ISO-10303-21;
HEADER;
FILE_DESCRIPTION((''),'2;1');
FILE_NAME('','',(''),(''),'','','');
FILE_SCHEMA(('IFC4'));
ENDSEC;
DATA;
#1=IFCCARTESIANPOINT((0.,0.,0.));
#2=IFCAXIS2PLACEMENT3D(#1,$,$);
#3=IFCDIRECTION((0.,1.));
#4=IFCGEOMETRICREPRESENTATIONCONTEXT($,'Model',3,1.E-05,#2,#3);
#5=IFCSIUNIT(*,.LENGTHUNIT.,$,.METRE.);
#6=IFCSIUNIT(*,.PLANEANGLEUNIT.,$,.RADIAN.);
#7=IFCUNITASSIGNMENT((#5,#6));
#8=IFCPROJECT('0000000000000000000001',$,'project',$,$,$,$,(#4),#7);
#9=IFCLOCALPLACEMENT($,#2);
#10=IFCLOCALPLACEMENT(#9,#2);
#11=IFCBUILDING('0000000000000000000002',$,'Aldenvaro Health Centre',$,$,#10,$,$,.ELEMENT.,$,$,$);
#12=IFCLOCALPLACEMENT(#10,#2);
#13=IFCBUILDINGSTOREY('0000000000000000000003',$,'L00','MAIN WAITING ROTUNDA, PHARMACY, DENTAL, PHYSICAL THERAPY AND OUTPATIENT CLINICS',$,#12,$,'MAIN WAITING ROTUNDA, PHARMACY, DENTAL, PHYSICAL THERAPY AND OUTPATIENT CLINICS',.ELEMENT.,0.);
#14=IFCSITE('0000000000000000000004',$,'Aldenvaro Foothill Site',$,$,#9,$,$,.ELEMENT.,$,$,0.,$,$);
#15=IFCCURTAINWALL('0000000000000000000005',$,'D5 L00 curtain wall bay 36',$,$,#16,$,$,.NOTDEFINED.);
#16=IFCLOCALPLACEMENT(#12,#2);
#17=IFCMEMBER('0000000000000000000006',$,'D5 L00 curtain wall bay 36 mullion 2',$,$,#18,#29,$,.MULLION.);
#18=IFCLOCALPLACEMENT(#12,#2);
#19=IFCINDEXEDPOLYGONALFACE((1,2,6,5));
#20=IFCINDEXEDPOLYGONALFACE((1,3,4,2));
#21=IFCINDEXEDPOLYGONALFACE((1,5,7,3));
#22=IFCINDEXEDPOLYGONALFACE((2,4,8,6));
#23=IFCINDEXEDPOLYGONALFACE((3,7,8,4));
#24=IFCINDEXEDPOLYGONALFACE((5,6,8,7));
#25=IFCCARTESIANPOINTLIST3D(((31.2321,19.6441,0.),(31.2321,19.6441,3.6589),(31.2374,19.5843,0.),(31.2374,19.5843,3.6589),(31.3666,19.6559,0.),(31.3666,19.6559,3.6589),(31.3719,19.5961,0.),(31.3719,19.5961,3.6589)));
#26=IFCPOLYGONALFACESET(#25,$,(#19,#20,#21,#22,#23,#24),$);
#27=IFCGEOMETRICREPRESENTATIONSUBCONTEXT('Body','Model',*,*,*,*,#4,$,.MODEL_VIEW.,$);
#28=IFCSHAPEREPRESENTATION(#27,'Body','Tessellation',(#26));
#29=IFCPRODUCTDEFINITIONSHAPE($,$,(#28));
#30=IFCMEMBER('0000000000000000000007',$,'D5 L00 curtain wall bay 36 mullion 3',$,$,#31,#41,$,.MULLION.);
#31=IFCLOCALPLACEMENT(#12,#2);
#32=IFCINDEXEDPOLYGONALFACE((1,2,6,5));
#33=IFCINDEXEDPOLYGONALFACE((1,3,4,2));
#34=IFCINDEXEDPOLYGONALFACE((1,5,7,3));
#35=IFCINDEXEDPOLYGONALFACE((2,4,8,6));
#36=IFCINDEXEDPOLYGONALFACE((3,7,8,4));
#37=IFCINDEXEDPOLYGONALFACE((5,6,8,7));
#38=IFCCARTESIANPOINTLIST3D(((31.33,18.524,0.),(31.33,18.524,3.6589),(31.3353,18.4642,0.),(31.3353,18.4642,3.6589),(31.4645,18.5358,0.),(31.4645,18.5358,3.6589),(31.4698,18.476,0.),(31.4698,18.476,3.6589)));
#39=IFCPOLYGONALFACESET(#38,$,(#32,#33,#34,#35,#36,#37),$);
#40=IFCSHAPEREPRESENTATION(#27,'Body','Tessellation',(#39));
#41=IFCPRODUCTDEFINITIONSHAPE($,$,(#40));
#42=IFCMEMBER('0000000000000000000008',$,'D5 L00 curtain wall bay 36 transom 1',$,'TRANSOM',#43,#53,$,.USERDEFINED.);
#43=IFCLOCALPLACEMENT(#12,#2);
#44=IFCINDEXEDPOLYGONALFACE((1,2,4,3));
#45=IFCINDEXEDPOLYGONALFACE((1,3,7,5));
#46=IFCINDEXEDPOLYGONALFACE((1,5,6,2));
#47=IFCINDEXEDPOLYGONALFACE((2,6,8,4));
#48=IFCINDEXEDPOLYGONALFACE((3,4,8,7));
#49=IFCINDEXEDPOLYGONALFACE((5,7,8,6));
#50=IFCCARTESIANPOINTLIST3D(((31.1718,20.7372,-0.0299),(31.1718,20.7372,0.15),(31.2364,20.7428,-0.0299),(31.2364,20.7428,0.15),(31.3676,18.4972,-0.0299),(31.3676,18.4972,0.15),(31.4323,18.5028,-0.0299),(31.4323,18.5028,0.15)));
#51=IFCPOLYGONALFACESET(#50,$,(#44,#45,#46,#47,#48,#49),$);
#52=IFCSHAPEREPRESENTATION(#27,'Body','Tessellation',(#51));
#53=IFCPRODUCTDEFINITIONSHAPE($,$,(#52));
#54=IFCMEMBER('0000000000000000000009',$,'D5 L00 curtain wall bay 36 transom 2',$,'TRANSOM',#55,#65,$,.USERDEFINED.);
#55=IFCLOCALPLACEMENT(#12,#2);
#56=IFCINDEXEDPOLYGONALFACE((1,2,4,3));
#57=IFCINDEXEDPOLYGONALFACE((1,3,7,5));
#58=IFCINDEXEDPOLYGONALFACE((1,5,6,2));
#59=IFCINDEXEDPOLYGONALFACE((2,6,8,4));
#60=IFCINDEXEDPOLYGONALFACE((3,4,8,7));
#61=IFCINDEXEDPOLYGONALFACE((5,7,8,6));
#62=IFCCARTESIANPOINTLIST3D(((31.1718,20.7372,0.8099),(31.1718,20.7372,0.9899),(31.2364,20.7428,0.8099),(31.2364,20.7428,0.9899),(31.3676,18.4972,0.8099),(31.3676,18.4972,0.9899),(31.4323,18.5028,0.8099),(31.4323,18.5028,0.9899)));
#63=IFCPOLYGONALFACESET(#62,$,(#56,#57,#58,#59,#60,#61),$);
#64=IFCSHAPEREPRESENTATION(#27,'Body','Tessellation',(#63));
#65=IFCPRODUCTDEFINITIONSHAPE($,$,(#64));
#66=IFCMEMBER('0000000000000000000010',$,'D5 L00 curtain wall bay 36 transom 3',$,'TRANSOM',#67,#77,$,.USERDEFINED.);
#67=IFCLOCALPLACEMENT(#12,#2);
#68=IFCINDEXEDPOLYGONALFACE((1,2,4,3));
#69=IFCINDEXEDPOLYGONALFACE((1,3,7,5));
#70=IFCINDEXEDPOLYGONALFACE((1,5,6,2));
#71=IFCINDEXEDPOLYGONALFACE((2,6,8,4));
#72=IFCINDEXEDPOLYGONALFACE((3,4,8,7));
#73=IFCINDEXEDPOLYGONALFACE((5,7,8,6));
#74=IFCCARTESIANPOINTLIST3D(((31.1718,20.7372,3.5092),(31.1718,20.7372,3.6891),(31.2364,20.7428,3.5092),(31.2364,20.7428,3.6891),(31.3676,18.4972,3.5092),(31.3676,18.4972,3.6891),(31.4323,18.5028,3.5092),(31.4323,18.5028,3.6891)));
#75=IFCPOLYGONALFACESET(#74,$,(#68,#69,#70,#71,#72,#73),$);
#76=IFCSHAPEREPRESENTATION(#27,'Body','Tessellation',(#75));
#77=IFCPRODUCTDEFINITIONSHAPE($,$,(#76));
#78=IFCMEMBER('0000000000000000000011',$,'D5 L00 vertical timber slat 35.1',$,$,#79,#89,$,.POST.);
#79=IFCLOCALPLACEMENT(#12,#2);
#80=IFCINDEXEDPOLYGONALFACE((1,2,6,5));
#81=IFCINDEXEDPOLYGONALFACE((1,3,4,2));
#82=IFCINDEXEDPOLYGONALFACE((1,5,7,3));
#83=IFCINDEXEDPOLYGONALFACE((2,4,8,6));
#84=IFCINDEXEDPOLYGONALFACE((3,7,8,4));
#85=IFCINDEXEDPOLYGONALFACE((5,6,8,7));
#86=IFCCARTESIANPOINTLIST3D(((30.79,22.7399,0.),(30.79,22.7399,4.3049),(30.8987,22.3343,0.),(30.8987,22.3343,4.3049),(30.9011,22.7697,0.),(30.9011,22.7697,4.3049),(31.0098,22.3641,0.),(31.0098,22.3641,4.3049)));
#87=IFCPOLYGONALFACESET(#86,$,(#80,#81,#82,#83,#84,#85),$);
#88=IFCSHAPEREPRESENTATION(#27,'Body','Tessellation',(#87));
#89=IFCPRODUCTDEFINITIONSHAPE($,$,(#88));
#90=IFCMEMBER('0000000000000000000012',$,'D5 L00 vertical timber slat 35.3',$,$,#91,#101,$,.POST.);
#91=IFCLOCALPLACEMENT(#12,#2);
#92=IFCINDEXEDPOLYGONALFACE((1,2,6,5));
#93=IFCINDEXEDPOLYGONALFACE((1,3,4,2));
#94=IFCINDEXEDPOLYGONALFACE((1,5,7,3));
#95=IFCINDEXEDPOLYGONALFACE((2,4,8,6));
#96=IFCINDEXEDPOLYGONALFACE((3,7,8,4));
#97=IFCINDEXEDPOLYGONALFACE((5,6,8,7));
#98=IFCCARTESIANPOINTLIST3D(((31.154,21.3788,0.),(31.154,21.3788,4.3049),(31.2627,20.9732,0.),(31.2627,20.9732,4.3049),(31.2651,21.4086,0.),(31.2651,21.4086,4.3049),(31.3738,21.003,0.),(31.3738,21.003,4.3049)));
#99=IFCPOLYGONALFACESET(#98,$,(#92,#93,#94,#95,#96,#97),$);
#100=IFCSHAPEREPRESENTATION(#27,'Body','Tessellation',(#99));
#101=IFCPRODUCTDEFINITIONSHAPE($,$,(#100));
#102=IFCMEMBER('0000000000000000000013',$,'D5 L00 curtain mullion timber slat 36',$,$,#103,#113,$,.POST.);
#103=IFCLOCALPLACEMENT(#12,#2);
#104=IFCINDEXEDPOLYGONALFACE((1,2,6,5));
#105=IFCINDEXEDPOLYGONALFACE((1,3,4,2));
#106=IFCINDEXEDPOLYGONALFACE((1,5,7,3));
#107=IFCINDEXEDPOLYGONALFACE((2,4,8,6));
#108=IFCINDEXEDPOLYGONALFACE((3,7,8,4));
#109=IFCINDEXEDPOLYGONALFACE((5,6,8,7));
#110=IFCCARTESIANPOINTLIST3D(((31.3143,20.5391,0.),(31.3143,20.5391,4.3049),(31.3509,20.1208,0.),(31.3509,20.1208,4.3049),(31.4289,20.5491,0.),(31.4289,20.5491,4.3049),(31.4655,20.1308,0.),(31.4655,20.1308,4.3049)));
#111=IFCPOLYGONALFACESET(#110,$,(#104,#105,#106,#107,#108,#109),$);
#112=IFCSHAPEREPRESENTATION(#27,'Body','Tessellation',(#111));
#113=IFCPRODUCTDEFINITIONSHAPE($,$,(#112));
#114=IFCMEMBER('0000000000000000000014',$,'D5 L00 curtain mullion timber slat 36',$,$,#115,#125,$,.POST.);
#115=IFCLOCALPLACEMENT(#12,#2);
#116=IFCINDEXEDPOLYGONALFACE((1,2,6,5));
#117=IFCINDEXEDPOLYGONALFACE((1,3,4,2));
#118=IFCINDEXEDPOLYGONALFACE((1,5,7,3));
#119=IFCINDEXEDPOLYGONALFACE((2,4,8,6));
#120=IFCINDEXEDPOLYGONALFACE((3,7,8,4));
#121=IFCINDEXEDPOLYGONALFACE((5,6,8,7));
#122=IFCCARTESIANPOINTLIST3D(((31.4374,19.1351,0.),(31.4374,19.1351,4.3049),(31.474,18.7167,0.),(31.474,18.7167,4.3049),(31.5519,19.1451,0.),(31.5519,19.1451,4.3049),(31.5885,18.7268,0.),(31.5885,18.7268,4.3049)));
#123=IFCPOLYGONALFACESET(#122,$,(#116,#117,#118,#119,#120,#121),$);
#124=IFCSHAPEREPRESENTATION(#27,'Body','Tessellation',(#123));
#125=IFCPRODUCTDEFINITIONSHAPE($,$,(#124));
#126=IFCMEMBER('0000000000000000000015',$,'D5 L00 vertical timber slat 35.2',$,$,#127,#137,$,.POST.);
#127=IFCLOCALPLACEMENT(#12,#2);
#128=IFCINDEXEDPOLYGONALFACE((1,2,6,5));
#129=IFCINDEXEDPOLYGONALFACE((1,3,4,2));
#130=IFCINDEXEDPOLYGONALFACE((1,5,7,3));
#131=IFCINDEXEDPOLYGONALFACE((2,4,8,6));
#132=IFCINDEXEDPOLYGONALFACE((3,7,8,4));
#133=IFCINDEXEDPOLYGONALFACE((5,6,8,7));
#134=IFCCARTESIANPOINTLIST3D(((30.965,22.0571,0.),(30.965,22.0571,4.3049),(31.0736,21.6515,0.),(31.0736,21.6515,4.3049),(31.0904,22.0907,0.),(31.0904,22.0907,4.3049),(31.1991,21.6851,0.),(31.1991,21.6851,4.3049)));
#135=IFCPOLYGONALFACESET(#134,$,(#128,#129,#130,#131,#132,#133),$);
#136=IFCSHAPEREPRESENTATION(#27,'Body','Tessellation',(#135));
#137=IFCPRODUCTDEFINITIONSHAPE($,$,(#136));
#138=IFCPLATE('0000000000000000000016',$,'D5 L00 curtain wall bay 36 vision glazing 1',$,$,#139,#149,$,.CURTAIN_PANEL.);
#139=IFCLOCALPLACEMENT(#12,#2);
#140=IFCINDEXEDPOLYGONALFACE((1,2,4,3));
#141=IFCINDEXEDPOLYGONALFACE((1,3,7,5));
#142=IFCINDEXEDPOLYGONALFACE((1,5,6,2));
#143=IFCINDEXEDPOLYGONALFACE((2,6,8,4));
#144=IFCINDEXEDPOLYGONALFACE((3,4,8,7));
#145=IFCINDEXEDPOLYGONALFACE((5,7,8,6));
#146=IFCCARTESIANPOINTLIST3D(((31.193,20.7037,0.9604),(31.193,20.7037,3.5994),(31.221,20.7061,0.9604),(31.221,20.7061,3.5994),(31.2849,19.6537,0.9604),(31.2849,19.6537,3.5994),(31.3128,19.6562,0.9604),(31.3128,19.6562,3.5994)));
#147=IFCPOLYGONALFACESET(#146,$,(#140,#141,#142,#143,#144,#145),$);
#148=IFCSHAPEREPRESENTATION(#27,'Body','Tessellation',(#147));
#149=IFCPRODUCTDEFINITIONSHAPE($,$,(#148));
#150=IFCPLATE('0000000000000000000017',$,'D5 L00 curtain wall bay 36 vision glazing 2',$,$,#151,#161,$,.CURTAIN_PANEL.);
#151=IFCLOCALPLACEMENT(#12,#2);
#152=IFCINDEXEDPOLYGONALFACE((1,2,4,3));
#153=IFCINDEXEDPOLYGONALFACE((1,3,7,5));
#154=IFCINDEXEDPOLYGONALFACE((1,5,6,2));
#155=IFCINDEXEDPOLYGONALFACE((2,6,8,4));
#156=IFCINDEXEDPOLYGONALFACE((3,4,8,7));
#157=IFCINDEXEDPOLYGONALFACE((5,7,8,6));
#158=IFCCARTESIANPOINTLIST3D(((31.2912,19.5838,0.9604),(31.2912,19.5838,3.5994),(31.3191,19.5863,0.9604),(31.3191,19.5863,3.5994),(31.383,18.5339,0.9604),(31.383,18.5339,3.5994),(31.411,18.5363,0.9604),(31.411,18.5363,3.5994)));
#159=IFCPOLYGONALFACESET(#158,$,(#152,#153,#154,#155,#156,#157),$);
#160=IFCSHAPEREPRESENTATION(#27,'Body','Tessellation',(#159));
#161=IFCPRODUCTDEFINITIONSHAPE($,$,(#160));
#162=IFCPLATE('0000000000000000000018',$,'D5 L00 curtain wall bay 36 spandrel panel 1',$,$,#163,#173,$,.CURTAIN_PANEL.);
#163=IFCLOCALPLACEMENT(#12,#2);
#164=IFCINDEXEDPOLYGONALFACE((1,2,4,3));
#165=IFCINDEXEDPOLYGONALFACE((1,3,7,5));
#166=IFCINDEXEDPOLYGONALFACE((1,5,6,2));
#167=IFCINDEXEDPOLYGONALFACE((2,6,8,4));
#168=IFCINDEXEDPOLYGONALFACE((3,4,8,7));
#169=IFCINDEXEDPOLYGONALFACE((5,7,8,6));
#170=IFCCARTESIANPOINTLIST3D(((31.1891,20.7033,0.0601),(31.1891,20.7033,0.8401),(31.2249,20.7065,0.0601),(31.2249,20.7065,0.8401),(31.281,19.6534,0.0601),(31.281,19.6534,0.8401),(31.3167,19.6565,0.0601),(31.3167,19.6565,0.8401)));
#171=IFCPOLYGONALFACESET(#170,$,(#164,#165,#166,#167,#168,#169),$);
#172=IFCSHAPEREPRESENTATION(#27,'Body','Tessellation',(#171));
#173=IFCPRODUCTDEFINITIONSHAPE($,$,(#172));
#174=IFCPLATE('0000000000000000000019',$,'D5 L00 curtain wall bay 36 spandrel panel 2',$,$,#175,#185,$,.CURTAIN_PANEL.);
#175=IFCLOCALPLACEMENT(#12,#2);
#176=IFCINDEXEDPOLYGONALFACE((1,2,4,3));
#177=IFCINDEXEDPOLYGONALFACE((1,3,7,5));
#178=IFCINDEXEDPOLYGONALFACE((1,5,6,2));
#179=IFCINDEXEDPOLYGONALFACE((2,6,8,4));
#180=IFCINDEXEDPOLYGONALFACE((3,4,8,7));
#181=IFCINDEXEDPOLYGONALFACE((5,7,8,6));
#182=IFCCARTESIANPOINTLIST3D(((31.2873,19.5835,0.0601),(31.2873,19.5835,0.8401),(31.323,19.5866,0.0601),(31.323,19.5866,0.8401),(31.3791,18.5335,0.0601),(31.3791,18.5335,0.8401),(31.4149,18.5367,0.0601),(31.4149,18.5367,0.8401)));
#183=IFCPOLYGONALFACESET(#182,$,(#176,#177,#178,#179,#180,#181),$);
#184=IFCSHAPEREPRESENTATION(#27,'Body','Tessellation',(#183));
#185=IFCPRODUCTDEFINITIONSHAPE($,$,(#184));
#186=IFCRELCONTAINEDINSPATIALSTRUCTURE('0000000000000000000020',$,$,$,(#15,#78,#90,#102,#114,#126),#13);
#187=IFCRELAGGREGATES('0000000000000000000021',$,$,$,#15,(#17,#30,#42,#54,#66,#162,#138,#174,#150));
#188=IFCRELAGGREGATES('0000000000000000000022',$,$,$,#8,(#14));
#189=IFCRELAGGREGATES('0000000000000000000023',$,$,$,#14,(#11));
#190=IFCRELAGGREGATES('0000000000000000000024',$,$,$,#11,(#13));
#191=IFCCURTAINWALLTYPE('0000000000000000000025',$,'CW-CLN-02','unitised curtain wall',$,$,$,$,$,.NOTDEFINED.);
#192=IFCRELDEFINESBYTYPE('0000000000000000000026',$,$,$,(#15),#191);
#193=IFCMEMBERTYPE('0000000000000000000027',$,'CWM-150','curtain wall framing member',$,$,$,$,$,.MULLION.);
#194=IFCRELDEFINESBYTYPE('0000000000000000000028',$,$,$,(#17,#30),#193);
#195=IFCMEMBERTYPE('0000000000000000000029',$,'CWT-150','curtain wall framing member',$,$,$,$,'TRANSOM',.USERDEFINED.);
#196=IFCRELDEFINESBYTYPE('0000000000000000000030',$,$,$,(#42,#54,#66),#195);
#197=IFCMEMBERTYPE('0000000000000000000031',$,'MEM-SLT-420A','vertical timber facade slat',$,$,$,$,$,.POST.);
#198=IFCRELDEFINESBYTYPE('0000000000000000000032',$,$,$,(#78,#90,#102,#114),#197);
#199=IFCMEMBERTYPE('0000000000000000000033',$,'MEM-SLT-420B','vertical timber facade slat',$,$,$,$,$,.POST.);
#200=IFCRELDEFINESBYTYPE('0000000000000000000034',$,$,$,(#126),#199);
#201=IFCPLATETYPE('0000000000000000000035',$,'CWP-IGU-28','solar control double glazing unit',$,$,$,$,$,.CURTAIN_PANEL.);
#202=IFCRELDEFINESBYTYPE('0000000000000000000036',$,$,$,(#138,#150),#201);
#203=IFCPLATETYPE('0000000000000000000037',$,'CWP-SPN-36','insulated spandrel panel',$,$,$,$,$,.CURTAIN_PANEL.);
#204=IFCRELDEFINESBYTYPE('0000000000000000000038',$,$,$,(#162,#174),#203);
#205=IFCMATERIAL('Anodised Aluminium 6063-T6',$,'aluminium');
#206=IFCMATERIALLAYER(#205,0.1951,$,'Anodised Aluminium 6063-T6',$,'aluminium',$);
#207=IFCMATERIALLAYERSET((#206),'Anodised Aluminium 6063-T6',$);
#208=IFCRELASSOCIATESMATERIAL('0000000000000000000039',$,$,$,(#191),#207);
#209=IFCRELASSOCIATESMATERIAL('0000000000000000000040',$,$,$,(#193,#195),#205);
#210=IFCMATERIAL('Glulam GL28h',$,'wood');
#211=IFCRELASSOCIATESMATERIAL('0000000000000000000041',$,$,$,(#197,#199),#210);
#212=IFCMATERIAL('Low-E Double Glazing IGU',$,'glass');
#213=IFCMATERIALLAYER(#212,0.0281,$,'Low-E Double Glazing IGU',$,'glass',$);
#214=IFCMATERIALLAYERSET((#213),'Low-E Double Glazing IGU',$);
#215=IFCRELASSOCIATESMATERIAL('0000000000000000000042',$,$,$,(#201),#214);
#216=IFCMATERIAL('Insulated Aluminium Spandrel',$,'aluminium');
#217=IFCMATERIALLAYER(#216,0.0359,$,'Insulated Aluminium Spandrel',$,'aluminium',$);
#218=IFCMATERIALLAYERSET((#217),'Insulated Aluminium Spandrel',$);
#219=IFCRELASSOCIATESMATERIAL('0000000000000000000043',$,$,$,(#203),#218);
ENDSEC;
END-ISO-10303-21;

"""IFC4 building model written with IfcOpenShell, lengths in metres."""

from ifc_helpers import new_model, si_unit, direction, frame, origin, origin_2d, place, context, subcontext, project, spatial, rectangle, extrude, material, layer, layer_set, material_profile, profile_set, type_object, element, aggregate, save


model = new_model("IFC4")

# Units and contexts
model_context = context("Model", 3, precision=1e-05, world=origin(), true_north=direction((0.0, 1.0)))
body_context = subcontext(model_context, "Body", "Model", "MODEL_VIEW")
ifc_project = project(units=[si_unit("LENGTHUNIT", "METRE"), si_unit("PLANEANGLEUNIT", "RADIAN")], contexts=[model_context])

# Site, building, storey
site_placement = place(None, origin())
site = spatial("IfcSite", under=ifc_project, at=site_placement, Name="Aldenvaro Foothill Site", CompositionType="ELEMENT", RefElevation=0.0)
building_placement = place(site_placement, origin())
building = spatial("IfcBuilding", under=site, at=building_placement, Name="Aldenvaro Health Centre", CompositionType="ELEMENT")
storey_placement = place(building_placement, origin())
storey = spatial("IfcBuildingStorey", under=building, at=storey_placement, Name="L00", Description="MAIN WAITING ROTUNDA, PHARMACY, DENTAL, PHYSICAL THERAPY AND OUTPATIENT CLINICS", LongName="MAIN WAITING ROTUNDA, PHARMACY, DENTAL, PHYSICAL THERAPY AND OUTPATIENT CLINICS", CompositionType="ELEMENT", Elevation=0.0)

# Shared definitions
ifc_material_1 = material(Name="Glulam GL28h", Category="wood")

# Curtain wall, members
ifc_material_2 = material(Name="Anodised Aluminium 6063-T6", Category="aluminium")
ifc_layer_1 = layer(ifc_material_2, 0.1951, Name="Anodised Aluminium 6063-T6", Category="aluminium")
ifc_layer_set_1 = layer_set([ifc_layer_1], Name="Anodised Aluminium 6063-T6")
curtain_wall_type = type_object("IfcCurtainWallType", Name="CW-CLN-02", Description="unitised curtain wall", PredefinedType="NOTDEFINED", material=ifc_layer_set_1)
curtain_wall_placement = place(storey_placement, origin())
curtain_wall = element("IfcCurtainWall", 1, at=curtain_wall_placement, inside=storey, type_object=curtain_wall_type, Name="D5 L00 curtain wall bay 36", PredefinedType="NOTDEFINED")
ifc_material_profile_1 = material_profile(ifc_material_2, rectangle(XDim=0.0601, YDim=0.135, at=origin_2d()), Name="ALU 60x135", Category="aluminium")
ifc_profile_set_1 = profile_set([ifc_material_profile_1], Name="Anodised Aluminium 6063-T6")
member_type_1 = type_object("IfcMemberType", Name="CWM-150", Description="curtain wall framing member", PredefinedType="MULLION", material=ifc_profile_set_1)
member_1_placement = place(storey_placement, frame((31.302, 19.6201, 0.0), z_axis=(0.0, 0.0, 1.0), x_axis=(0.087167, -0.996194, 0.0)))
member_1 = element("IfcMember", 2, at=member_1_placement, type_object=member_type_1, Name="D5 L00 curtain wall bay 36 mullion 2", PredefinedType="MULLION", context=body_context, shape_type="SweptSolid", body=[
    extrude(rectangle(XDim=0.0601, YDim=0.135, at=origin_2d()), origin(), (0.0, 0.0, 1.0), 3.6589),
])
member_2_placement = place(storey_placement, frame((31.3999, 18.5, 0.0), z_axis=(0.0, 0.0, 1.0), x_axis=(0.087167, -0.996194, 0.0)))
member_2 = element("IfcMember", 3, at=member_2_placement, type_object=member_type_1, Name="D5 L00 curtain wall bay 36 mullion 3", PredefinedType="MULLION", context=body_context, shape_type="SweptSolid", body=[
    extrude(rectangle(XDim=0.0601, YDim=0.135, at=origin_2d()), origin(), (0.0, 0.0, 1.0), 3.6589),
])
ifc_material_profile_2 = material_profile(ifc_material_2, rectangle(XDim=0.0649, YDim=0.1799, at=origin_2d()), Name="ALU 65x180", Category="aluminium")
ifc_profile_set_2 = profile_set([ifc_material_profile_2], Name="Anodised Aluminium 6063-T6")
member_type_2 = type_object("IfcMemberType", Name="CWT-150", Description="curtain wall framing member", ElementType="TRANSOM", PredefinedType="USERDEFINED", material=ifc_profile_set_2)
member_3_placement = place(storey_placement, frame((31.2041, 20.74, 0.0601), z_axis=(0.087079, -0.996201, 0.0), x_axis=(0.996201, 0.087079, 0.0)))
member_3 = element("IfcMember", 4, at=member_3_placement, type_object=member_type_2, Name="D5 L00 curtain wall bay 36 transom 1", ObjectType="TRANSOM", PredefinedType="USERDEFINED", context=body_context, shape_type="SweptSolid", body=[
    extrude(rectangle(XDim=0.0649, YDim=0.1799, at=origin_2d()), origin(), (0.0, 0.0, 1.0), 2.2485),
])
member_4_placement = place(storey_placement, frame((31.2041, 20.74, 0.8999), z_axis=(0.087079, -0.996201, 0.0), x_axis=(0.996201, 0.087079, 0.0)))
member_4 = element("IfcMember", 5, at=member_4_placement, type_object=member_type_2, Name="D5 L00 curtain wall bay 36 transom 2", ObjectType="TRANSOM", PredefinedType="USERDEFINED", context=body_context, shape_type="SweptSolid", body=[
    extrude(rectangle(XDim=0.0649, YDim=0.1799, at=origin_2d()), origin(), (0.0, 0.0, 1.0), 2.2485),
])
member_5_placement = place(storey_placement, frame((31.2041, 20.74, 3.5991), z_axis=(0.087079, -0.996201, 0.0), x_axis=(0.996201, 0.087079, 0.0)))
member_5 = element("IfcMember", 6, at=member_5_placement, type_object=member_type_2, Name="D5 L00 curtain wall bay 36 transom 3", ObjectType="TRANSOM", PredefinedType="USERDEFINED", context=body_context, shape_type="SweptSolid", body=[
    extrude(rectangle(XDim=0.0649, YDim=0.1799, at=origin_2d()), origin(), (0.0, 0.0, 1.0), 2.2485),
])

# Members
ifc_material_profile_3 = material_profile(ifc_material_1, rectangle(XDim=0.115, YDim=0.4199, at=origin_2d()), Name="GL 115x420", Category="wood")
ifc_profile_set_3 = profile_set([ifc_material_profile_3], Name="Glulam GL28h")
member_type_3 = type_object("IfcMemberType", Name="MEM-SLT-420A", Description="vertical timber facade slat", PredefinedType="POST", material=ifc_profile_set_3)
for number, where, z_axis, x_axis, name in (
    (7, (30.8999, 22.552, 0.0), (0.0, 0.0, 1.0), (0.965924, 0.258825, 0.0), "D5 L00 vertical timber slat 35.1"),
    (8, (31.2639, 21.1909, 0.0), (0.0, 0.0, 1.0), (0.965924, 0.258825, 0.0), "D5 L00 vertical timber slat 35.3"),
    (9, (31.3899, 20.335, 0.0), (0.0, 0.0, 1.0), (0.996194, 0.087167, 0.0), "D5 L00 curtain mullion timber slat 36"),
    (10, (31.5129, 18.9309, 0.0), (0.0, 0.0, 1.0), (0.996194, 0.087167, 0.0), "D5 L00 curtain mullion timber slat 36"),
):
    element("IfcMember", number, at=place(storey_placement, frame(where, z_axis=z_axis, x_axis=x_axis)), inside=storey, type_object=member_type_3, Name=name, PredefinedType="POST", context=body_context, shape_type="SweptSolid", body=[
        extrude(rectangle(XDim=0.115, YDim=0.4199, at=origin_2d()), origin(), (0.0, 0.0, 1.0), 4.3049),
    ])
ifc_material_profile_4 = material_profile(ifc_material_1, rectangle(XDim=0.1299, YDim=0.4199, at=origin_2d()), Name="GL 130x420", Category="wood")
ifc_profile_set_4 = profile_set([ifc_material_profile_4], Name="Glulam GL28h")
member_type_4 = type_object("IfcMemberType", Name="MEM-SLT-420B", Description="vertical timber facade slat", PredefinedType="POST", material=ifc_profile_set_4)
member_6_placement = place(storey_placement, frame((31.082, 21.8711, 0.0), z_axis=(0.0, 0.0, 1.0), x_axis=(0.965924, 0.258825, 0.0)))
element("IfcMember", 11, at=member_6_placement, inside=storey, type_object=member_type_4, Name="D5 L00 vertical timber slat 35.2", PredefinedType="POST", context=body_context, shape_type="SweptSolid", body=[
    extrude(rectangle(XDim=0.1299, YDim=0.4199, at=origin_2d()), origin(), (0.0, 0.0, 1.0), 4.3049),
])

# Plates
ifc_material_3 = material(Name="Low-E Double Glazing IGU", Category="glass")
ifc_layer_2 = layer(ifc_material_3, 0.0281, Name="Low-E Double Glazing IGU", Category="glass")
ifc_layer_set_2 = layer_set([ifc_layer_2], Name="Low-E Double Glazing IGU")
plate_type_1 = type_object("IfcPlateType", Name="CWP-IGU-28", Description="solar control double glazing unit", PredefinedType="CURTAIN_PANEL", material=ifc_layer_set_2)
plate_1_placement = place(storey_placement, frame((31.2529, 20.1799, 0.9604), z_axis=(0.0, 0.0, 1.0), x_axis=(0.087167, -0.996194, 0.0)))
plate_1 = element("IfcPlate", 12, at=plate_1_placement, type_object=plate_type_1, Name="D5 L00 curtain wall bay 36 vision glazing 1", PredefinedType="CURTAIN_PANEL", context=body_context, shape_type="SweptSolid", body=[
    extrude(rectangle(XDim=1.054, YDim=0.0281, at=origin_2d()), origin(), (0.0, 0.0, 1.0), 2.6389),
])
plate_2_placement = place(storey_placement, frame((31.3511, 19.0601, 0.9604), z_axis=(0.0, 0.0, 1.0), x_axis=(0.087167, -0.996194, 0.0)))
plate_2 = element("IfcPlate", 13, at=plate_2_placement, type_object=plate_type_1, Name="D5 L00 curtain wall bay 36 vision glazing 2", PredefinedType="CURTAIN_PANEL", context=body_context, shape_type="SweptSolid", body=[
    extrude(rectangle(XDim=1.054, YDim=0.0281, at=origin_2d()), origin(), (0.0, 0.0, 1.0), 2.6389),
])
ifc_material_4 = material(Name="Insulated Aluminium Spandrel", Category="aluminium")
ifc_layer_3 = layer(ifc_material_4, 0.0359, Name="Insulated Aluminium Spandrel", Category="aluminium")
ifc_layer_set_3 = layer_set([ifc_layer_3], Name="Insulated Aluminium Spandrel")
plate_type_2 = type_object("IfcPlateType", Name="CWP-SPN-36", Description="insulated spandrel panel", PredefinedType="CURTAIN_PANEL", material=ifc_layer_set_3)
plate_3_placement = place(storey_placement, frame((31.2529, 20.1799, 0.0601), z_axis=(0.0, 0.0, 1.0), x_axis=(0.087167, -0.996194, 0.0)))
plate_3 = element("IfcPlate", 14, at=plate_3_placement, type_object=plate_type_2, Name="D5 L00 curtain wall bay 36 spandrel panel 1", PredefinedType="CURTAIN_PANEL", context=body_context, shape_type="SweptSolid", body=[
    extrude(rectangle(XDim=1.054, YDim=0.0359, at=origin_2d()), origin(), (0.0, 0.0, 1.0), 0.78),
])
plate_4_placement = place(storey_placement, frame((31.3511, 19.0601, 0.0601), z_axis=(0.0, 0.0, 1.0), x_axis=(0.087167, -0.996194, 0.0)))
plate_4 = element("IfcPlate", 15, at=plate_4_placement, type_object=plate_type_2, Name="D5 L00 curtain wall bay 36 spandrel panel 2", PredefinedType="CURTAIN_PANEL", context=body_context, shape_type="SweptSolid", body=[
    extrude(rectangle(XDim=1.054, YDim=0.0359, at=origin_2d()), origin(), (0.0, 0.0, 1.0), 0.78),
])
aggregate(curtain_wall, [member_1, member_2, member_3, member_4, member_5, plate_3, plate_1, plate_4, plate_2])

save(model, "model.ifc")
